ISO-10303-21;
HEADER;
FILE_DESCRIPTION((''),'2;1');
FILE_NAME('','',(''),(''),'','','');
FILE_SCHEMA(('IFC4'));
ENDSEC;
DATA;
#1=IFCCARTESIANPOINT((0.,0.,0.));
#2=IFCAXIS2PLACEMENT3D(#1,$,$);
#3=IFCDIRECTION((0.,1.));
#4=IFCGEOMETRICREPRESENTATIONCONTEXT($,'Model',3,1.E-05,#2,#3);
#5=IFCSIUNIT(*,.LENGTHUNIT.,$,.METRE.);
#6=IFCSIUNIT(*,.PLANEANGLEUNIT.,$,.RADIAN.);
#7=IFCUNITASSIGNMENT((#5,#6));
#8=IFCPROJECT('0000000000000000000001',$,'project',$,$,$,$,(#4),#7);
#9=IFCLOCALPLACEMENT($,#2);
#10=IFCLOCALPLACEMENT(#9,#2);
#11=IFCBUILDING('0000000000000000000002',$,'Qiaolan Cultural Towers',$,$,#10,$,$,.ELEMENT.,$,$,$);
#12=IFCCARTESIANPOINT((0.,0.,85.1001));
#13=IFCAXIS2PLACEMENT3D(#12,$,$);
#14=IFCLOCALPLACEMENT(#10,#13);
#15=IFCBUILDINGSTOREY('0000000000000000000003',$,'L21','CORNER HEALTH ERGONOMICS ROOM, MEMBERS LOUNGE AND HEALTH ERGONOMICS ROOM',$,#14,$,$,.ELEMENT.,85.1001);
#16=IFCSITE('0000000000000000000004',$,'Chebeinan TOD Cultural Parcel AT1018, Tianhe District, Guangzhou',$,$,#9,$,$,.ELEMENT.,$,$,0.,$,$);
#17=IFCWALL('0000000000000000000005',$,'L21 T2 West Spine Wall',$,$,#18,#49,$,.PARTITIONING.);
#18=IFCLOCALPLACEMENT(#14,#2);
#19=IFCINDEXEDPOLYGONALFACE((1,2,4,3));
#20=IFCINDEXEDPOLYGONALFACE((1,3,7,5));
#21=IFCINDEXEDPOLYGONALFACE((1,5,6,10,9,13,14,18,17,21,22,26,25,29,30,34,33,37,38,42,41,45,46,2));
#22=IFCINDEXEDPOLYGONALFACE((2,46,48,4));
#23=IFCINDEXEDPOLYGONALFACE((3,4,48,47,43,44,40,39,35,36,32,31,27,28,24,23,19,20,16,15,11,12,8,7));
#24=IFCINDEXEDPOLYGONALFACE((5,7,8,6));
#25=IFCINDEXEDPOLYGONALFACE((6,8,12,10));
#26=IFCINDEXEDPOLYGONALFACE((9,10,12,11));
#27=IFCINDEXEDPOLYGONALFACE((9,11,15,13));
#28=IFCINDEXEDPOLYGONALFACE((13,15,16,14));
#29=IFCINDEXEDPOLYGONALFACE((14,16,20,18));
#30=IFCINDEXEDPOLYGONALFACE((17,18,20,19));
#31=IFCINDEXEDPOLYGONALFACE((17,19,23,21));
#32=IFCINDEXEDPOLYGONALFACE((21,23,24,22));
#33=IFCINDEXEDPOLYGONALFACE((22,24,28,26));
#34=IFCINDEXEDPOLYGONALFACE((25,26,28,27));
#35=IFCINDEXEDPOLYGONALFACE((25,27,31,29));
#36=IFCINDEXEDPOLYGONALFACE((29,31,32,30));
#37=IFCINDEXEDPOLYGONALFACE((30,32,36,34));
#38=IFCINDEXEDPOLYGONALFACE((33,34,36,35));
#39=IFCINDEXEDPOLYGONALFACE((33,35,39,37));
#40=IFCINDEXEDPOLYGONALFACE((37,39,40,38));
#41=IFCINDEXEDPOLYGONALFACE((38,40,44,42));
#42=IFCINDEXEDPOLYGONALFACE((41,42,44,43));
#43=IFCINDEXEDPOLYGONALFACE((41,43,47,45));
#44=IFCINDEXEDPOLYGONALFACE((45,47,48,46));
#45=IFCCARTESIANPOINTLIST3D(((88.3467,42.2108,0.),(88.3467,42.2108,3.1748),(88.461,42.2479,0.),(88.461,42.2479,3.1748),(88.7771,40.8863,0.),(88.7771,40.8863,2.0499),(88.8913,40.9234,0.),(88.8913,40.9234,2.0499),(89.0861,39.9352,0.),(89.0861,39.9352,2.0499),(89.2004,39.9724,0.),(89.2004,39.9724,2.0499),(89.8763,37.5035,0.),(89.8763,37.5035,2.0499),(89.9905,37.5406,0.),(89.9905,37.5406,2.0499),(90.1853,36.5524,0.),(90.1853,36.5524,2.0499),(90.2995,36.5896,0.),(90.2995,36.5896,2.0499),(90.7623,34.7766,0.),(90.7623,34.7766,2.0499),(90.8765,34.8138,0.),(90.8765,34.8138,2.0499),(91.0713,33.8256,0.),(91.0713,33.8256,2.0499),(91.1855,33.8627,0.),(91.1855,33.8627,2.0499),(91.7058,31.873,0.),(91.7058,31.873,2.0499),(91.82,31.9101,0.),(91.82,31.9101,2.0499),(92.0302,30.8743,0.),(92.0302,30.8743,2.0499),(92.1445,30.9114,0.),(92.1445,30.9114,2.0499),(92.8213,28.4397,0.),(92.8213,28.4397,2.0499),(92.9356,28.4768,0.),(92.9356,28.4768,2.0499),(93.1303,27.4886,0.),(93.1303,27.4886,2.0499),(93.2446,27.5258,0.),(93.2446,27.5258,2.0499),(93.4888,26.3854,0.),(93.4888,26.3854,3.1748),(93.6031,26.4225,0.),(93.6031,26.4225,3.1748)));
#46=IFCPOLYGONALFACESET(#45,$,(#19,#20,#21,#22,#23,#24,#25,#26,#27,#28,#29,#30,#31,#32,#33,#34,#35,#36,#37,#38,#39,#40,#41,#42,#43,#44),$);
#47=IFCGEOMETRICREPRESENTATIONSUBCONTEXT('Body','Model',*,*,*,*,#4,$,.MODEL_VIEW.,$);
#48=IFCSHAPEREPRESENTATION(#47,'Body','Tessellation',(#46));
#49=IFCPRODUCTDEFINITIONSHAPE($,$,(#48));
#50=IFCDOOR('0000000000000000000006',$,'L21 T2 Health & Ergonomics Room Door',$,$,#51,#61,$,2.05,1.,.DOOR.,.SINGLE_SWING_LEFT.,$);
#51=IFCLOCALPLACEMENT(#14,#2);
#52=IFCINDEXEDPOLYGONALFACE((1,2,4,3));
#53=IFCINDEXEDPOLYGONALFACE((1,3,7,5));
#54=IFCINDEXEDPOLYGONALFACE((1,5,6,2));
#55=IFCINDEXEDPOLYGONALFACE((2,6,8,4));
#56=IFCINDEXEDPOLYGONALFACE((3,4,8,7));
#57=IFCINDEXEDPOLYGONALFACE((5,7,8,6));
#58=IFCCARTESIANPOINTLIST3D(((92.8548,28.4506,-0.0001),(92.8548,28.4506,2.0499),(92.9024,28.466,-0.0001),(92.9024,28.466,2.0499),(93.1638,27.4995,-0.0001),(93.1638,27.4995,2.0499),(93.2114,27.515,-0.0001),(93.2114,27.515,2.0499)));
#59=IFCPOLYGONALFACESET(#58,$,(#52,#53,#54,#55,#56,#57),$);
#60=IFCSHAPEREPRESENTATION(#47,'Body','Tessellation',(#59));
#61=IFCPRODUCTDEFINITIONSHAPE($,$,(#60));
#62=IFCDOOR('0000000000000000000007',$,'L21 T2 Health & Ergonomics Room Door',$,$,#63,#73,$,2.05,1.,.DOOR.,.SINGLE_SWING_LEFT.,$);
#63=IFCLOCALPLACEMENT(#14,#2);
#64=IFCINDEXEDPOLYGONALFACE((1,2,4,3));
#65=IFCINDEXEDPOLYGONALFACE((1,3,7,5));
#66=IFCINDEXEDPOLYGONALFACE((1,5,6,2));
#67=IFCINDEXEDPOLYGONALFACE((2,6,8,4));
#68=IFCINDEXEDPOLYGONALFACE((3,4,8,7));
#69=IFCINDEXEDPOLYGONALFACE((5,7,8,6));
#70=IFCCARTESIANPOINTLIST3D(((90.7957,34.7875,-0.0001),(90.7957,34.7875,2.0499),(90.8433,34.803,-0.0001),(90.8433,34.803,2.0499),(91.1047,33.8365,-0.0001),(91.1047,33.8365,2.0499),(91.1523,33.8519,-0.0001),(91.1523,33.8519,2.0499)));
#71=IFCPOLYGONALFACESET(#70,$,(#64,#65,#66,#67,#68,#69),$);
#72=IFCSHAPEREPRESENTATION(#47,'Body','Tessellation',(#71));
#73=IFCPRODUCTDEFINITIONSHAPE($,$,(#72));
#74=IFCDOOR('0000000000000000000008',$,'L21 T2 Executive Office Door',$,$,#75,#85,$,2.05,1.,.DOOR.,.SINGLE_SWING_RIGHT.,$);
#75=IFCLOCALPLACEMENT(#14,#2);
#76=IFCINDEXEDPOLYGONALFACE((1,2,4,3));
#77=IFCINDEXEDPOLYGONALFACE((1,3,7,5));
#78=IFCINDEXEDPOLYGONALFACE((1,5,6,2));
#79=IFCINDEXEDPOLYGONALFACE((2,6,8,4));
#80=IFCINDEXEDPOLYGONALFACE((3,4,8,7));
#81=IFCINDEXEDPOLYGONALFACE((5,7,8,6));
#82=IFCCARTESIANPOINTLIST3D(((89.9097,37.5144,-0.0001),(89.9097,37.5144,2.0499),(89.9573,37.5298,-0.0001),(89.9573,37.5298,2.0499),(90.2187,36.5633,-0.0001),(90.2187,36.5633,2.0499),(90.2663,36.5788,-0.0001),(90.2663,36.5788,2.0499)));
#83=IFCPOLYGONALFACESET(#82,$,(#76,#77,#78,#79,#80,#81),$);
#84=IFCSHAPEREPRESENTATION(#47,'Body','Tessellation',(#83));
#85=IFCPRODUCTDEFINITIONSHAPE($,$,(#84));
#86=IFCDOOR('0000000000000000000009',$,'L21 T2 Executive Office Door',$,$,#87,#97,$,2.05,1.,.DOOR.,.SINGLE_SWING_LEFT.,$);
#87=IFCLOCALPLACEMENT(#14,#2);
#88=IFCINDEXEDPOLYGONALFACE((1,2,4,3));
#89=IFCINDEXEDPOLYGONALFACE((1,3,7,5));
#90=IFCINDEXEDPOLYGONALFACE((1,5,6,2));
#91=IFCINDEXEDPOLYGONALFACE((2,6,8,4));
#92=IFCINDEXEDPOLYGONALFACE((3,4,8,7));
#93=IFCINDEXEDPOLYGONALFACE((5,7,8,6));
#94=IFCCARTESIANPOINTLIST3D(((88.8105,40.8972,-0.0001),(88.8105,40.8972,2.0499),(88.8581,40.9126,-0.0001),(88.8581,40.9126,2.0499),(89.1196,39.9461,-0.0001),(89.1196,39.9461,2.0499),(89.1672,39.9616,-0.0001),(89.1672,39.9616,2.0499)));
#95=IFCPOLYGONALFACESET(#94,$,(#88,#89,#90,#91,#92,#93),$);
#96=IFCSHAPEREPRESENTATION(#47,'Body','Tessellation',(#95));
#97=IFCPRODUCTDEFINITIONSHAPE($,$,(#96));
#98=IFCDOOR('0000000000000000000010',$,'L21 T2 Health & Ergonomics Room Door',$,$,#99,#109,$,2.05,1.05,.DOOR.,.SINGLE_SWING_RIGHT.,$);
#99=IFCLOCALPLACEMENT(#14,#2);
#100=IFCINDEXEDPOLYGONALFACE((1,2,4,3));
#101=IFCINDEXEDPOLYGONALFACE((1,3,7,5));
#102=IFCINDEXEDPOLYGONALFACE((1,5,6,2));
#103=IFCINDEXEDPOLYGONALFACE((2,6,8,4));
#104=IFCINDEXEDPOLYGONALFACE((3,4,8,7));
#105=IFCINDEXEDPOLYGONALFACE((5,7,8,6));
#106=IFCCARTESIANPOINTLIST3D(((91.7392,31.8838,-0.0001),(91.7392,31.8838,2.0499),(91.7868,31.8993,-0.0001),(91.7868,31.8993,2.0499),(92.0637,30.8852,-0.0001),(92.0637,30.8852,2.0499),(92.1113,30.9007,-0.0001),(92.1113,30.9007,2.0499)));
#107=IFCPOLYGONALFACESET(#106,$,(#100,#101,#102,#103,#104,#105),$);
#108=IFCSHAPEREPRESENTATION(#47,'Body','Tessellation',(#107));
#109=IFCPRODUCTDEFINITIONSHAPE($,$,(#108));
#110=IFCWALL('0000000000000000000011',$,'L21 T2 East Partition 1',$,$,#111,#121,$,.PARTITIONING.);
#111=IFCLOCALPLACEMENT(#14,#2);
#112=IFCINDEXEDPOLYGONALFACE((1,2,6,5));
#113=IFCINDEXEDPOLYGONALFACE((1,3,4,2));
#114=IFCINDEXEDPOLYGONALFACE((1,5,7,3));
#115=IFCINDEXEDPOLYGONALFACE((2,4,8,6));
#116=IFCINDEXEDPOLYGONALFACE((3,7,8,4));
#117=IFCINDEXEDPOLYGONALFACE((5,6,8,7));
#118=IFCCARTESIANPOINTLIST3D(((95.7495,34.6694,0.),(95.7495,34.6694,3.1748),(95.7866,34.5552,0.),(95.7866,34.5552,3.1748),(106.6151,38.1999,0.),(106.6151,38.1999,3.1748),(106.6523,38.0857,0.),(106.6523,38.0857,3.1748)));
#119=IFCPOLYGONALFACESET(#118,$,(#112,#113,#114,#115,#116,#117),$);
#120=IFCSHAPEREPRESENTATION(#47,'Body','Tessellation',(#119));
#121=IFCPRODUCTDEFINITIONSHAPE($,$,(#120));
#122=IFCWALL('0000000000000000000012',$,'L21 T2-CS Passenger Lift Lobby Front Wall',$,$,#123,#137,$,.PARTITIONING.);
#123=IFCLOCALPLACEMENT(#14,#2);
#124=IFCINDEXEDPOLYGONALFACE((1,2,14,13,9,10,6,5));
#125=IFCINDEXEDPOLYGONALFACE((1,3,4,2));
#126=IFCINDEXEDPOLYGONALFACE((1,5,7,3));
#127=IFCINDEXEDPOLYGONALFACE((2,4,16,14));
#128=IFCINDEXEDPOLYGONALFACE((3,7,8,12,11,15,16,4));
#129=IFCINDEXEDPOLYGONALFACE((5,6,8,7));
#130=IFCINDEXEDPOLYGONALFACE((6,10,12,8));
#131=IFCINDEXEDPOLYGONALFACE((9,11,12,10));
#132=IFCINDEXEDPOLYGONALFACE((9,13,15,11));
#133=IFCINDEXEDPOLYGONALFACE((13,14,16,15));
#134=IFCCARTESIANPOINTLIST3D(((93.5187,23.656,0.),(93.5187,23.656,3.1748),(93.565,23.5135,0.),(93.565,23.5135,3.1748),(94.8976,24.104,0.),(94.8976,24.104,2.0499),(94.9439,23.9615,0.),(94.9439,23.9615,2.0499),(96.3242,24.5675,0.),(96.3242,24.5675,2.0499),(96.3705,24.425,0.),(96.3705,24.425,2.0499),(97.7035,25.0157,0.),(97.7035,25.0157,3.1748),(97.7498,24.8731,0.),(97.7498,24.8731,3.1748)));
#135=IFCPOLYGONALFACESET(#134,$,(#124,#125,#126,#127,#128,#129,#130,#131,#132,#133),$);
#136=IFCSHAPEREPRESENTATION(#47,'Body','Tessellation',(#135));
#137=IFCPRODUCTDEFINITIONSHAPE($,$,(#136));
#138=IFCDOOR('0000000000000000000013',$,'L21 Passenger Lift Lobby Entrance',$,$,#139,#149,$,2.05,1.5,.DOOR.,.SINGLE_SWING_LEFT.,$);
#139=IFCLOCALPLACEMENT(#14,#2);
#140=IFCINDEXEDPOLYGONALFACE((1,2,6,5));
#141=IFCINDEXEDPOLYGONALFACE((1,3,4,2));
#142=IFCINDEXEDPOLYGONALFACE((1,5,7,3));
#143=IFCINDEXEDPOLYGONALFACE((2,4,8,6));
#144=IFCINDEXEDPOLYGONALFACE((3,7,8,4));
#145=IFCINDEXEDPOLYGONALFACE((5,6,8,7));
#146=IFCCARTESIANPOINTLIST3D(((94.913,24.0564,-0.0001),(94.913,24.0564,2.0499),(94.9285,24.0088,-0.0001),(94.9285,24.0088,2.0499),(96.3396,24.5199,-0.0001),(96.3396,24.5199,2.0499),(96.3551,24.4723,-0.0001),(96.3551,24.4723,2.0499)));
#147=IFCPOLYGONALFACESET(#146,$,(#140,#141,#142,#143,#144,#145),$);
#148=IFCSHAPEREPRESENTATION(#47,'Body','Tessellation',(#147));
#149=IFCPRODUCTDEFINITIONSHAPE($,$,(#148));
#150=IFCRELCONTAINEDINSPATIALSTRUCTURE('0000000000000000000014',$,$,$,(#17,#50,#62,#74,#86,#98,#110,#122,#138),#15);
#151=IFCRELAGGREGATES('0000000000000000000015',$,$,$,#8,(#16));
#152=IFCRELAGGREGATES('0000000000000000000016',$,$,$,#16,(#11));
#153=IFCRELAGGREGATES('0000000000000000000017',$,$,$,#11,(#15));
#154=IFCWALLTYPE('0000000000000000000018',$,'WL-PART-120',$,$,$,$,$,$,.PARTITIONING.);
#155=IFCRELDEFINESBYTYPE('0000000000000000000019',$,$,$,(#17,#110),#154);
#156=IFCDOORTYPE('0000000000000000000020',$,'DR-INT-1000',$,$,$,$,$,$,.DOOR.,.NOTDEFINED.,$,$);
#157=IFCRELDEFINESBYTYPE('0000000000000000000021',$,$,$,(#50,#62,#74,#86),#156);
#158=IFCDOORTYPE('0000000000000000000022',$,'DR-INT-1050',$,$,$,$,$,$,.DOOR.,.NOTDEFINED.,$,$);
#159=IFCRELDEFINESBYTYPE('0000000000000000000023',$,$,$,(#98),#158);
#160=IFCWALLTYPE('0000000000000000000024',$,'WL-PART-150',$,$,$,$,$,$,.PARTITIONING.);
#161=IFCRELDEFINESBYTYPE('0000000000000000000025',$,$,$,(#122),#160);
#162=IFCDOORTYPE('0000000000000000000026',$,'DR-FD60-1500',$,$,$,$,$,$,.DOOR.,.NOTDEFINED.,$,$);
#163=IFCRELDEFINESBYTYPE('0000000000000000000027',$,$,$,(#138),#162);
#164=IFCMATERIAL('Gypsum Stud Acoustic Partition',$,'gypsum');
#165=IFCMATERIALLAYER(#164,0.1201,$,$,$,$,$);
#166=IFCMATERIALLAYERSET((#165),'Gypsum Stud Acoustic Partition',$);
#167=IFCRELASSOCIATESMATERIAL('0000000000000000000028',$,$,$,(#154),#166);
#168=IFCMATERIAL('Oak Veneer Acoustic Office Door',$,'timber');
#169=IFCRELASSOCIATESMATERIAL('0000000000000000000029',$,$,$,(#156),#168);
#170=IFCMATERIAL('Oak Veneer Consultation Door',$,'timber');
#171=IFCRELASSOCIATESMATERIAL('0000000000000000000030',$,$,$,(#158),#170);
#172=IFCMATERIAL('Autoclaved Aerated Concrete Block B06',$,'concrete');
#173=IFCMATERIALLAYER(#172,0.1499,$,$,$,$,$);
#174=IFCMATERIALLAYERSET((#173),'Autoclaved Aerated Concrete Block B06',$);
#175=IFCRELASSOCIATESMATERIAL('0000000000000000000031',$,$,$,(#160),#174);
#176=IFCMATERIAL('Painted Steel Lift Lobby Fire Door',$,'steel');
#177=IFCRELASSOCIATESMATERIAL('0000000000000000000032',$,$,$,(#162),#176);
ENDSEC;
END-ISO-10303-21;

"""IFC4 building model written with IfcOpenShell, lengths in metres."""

from ifc_helpers import new_model, si_unit, direction, frame, frame_2d, origin, place, context, subcontext, project, spatial, rectangle, extrude, material, layer, layer_set, type_object, element, fill, save


model = new_model("IFC4")

# Units and contexts
model_context = context("Model", 3, precision=1e-05, world=origin(), true_north=direction((0.0, 1.0)))
body_context = subcontext(model_context, "Body", "Model", "MODEL_VIEW")
ifc_project = project(units=[si_unit("LENGTHUNIT", "METRE"), si_unit("PLANEANGLEUNIT", "RADIAN")], contexts=[model_context])

# Site, building, storey
site_placement = place(None, origin())
site = spatial("IfcSite", under=ifc_project, at=site_placement, Name="Chebeinan TOD Cultural Parcel AT1018, Tianhe District, Guangzhou", CompositionType="ELEMENT", RefElevation=0.0)
building_placement = place(site_placement, origin())
building = spatial("IfcBuilding", under=site, at=building_placement, Name="Qiaolan Cultural Towers", CompositionType="ELEMENT")
storey_placement = place(building_placement, frame((0.0, 0.0, 85.1001)))
storey = spatial("IfcBuildingStorey", under=building, at=storey_placement, Name="L21", Description="CORNER HEALTH ERGONOMICS ROOM, MEMBERS LOUNGE AND HEALTH ERGONOMICS ROOM", CompositionType="ELEMENT", Elevation=85.1001)

# Wall, openings, doors
ifc_material_1 = material(Name="Gypsum Stud Acoustic Partition", Category="gypsum")
ifc_layer_1 = layer(ifc_material_1, 0.1201)
ifc_layer_set_1 = layer_set([ifc_layer_1], Name="Gypsum Stud Acoustic Partition")
wall_type_1 = type_object("IfcWallType", Name="WL-PART-120", PredefinedType="PARTITIONING", material=ifc_layer_set_1)
wall_1_placement = place(storey_placement, frame((93.5459, 26.4041, 0.0), z_axis=(0.0, 0.0, 1.0), x_axis=(-0.309022, 0.951055, 0.0)))
wall_1 = element("IfcWall", 1, at=wall_1_placement, inside=storey, type_object=wall_type_1, Name="L21 T2 West Spine Wall", PredefinedType="PARTITIONING", context=body_context, shape_type="SweptSolid", body=[
    extrude(rectangle(XDim=16.6399, YDim=0.1201, at=frame_2d((8.3198, 0.0))), origin(), (0.0, 0.0, 1.0), 3.1748),
])
opening_1_placement = place(wall_1_placement, frame((1.1599, 0.0, 0.0)))
opening_1 = element("IfcOpeningElement", 2, at=opening_1_placement, cuts=wall_1, PredefinedType="OPENING", context=body_context, shape_type="SweptSolid", body=[
    extrude(rectangle(XDim=1.0, YDim=2.05, at=frame_2d((0.5, 1.0249))), frame((0.0, 0.0701, 0.0), z_axis=(0.0, -1.0, 0.0), x_axis=(1.0, 0.0, 0.0)), (0.0, 0.0, 1.0), 0.1401),
])
opening_2_placement = place(wall_1_placement, frame((4.72, 0.0, 0.0)))
opening_2 = element("IfcOpeningElement", 3, at=opening_2_placement, cuts=wall_1, PredefinedType="OPENING", context=body_context, shape_type="SweptSolid", body=[
    extrude(rectangle(XDim=1.05, YDim=2.05, at=frame_2d((0.5249, 1.0249))), frame((0.0, 0.0701, 0.0), z_axis=(0.0, -1.0, 0.0), x_axis=(1.0, 0.0, 0.0)), (0.0, 0.0, 1.0), 0.1401),
])
opening_3_placement = place(wall_1_placement, frame((7.823, 0.0, 0.0)))
opening_3 = element("IfcOpeningElement", 4, at=opening_3_placement, cuts=wall_1, PredefinedType="OPENING", context=body_context, shape_type="SweptSolid", body=[
    extrude(rectangle(XDim=1.0, YDim=2.05, at=frame_2d((0.5, 1.0249))), frame((0.0, 0.0701, 0.0), z_axis=(0.0, -1.0, 0.0), x_axis=(1.0, 0.0, 0.0)), (0.0, 0.0, 1.0), 0.1401),
])
opening_4_placement = place(wall_1_placement, frame((10.6902, 0.0, 0.0)))
opening_4 = element("IfcOpeningElement", 5, at=opening_4_placement, cuts=wall_1, PredefinedType="OPENING", context=body_context, shape_type="SweptSolid", body=[
    extrude(rectangle(XDim=1.0, YDim=2.05, at=frame_2d((0.5, 1.0249))), frame((0.0, 0.0701, 0.0), z_axis=(0.0, -1.0, 0.0), x_axis=(1.0, 0.0, 0.0)), (0.0, 0.0, 1.0), 0.1401),
])
opening_5_placement = place(wall_1_placement, frame((14.2471, 0.0, 0.0)))
opening_5 = element("IfcOpeningElement", 6, at=opening_5_placement, cuts=wall_1, PredefinedType="OPENING", context=body_context, shape_type="SweptSolid", body=[
    extrude(rectangle(XDim=1.0, YDim=2.05, at=frame_2d((0.5, 1.0249))), frame((0.0, 0.0701, 0.0), z_axis=(0.0, -1.0, 0.0), x_axis=(1.0, 0.0, 0.0)), (0.0, 0.0, 1.0), 0.1401),
])
ifc_material_2 = material(Name="Oak Veneer Acoustic Office Door", Category="timber")
door_type_1 = type_object("IfcDoorType", Name="DR-INT-1000", OperationType="NOTDEFINED", PredefinedType="DOOR", material=ifc_material_2)
door_1_placement = place(opening_1_placement, origin())
door_1 = element("IfcDoor", 7, at=door_1_placement, inside=storey, type_object=door_type_1, Name="L21 T2 Health & Ergonomics Room Door", OperationType="SINGLE_SWING_LEFT", OverallHeight=2.05, OverallWidth=1.0, PredefinedType="DOOR", context=body_context, shape_type="SweptSolid", body=[
    extrude(rectangle(XDim=1.0, YDim=2.05, at=frame_2d((0.5, 1.0249))), frame((0.0, 0.0249, 0.0), z_axis=(0.0, -1.0, 0.0), x_axis=(1.0, 0.0, 0.0)), (0.0, 0.0, 1.0), 0.05),
])
fill(opening_1, door_1)
door_2_placement = place(opening_3_placement, origin())
door_2 = element("IfcDoor", 8, at=door_2_placement, inside=storey, type_object=door_type_1, Name="L21 T2 Health & Ergonomics Room Door", OperationType="SINGLE_SWING_LEFT", OverallHeight=2.05, OverallWidth=1.0, PredefinedType="DOOR", context=body_context, shape_type="SweptSolid", body=[
    extrude(rectangle(XDim=1.0, YDim=2.05, at=frame_2d((0.5, 1.0249))), frame((0.0, 0.0249, 0.0), z_axis=(0.0, -1.0, 0.0), x_axis=(1.0, 0.0, 0.0)), (0.0, 0.0, 1.0), 0.05),
])
fill(opening_3, door_2)
door_3_placement = place(opening_4_placement, origin())
door_3 = element("IfcDoor", 9, at=door_3_placement, inside=storey, type_object=door_type_1, Name="L21 T2 Executive Office Door", OperationType="SINGLE_SWING_RIGHT", OverallHeight=2.05, OverallWidth=1.0, PredefinedType="DOOR", context=body_context, shape_type="SweptSolid", body=[
    extrude(rectangle(XDim=1.0, YDim=2.05, at=frame_2d((0.5, 1.0249))), frame((0.0, 0.0249, 0.0), z_axis=(0.0, -1.0, 0.0), x_axis=(1.0, 0.0, 0.0)), (0.0, 0.0, 1.0), 0.05),
])
fill(opening_4, door_3)
door_4_placement = place(opening_5_placement, origin())
door_4 = element("IfcDoor", 10, at=door_4_placement, inside=storey, type_object=door_type_1, Name="L21 T2 Executive Office Door", OperationType="SINGLE_SWING_LEFT", OverallHeight=2.05, OverallWidth=1.0, PredefinedType="DOOR", context=body_context, shape_type="SweptSolid", body=[
    extrude(rectangle(XDim=1.0, YDim=2.05, at=frame_2d((0.5, 1.0249))), frame((0.0, 0.0249, 0.0), z_axis=(0.0, -1.0, 0.0), x_axis=(1.0, 0.0, 0.0)), (0.0, 0.0, 1.0), 0.05),
])
fill(opening_5, door_4)
ifc_material_3 = material(Name="Oak Veneer Consultation Door", Category="timber")
door_type_2 = type_object("IfcDoorType", Name="DR-INT-1050", OperationType="NOTDEFINED", PredefinedType="DOOR", material=ifc_material_3)
door_5_placement = place(opening_2_placement, origin())
door_5 = element("IfcDoor", 11, at=door_5_placement, inside=storey, type_object=door_type_2, Name="L21 T2 Health & Ergonomics Room Door", OperationType="SINGLE_SWING_RIGHT", OverallHeight=2.05, OverallWidth=1.05, PredefinedType="DOOR", context=body_context, shape_type="SweptSolid", body=[
    extrude(rectangle(XDim=1.05, YDim=2.05, at=frame_2d((0.5249, 1.0249))), frame((0.0, 0.0249, 0.0), z_axis=(0.0, -1.0, 0.0), x_axis=(1.0, 0.0, 0.0)), (0.0, 0.0, 1.0), 0.05),
])
fill(opening_2, door_5)

# Wall
wall_2_placement = place(storey_placement, frame((95.7681, 34.6123, 0.0), z_axis=(0.0, 0.0, 1.0), x_axis=(0.951056, 0.309019, 0.0)))
element("IfcWall", 12, at=wall_2_placement, inside=storey, type_object=wall_type_1, Name="L21 T2 East Partition 1", PredefinedType="PARTITIONING", context=body_context, shape_type="SweptSolid", body=[
    extrude(rectangle(XDim=11.4248, YDim=0.1201, at=frame_2d((5.7124, 0.0))), origin(), (0.0, 0.0, 1.0), 3.1748),
])

# Wall, opening, door
ifc_material_4 = material(Name="Autoclaved Aerated Concrete Block B06", Category="concrete")
ifc_layer_2 = layer(ifc_material_4, 0.1499)
ifc_layer_set_2 = layer_set([ifc_layer_2], Name="Autoclaved Aerated Concrete Block B06")
wall_type_2 = type_object("IfcWallType", Name="WL-PART-150", PredefinedType="PARTITIONING", material=ifc_layer_set_2)
wall_3_placement = place(storey_placement, frame((93.5417, 23.5847, 0.0), z_axis=(0.0, 0.0, 1.0), x_axis=(0.951064, 0.308994, 0.0)))
wall_3 = element("IfcWall", 13, at=wall_3_placement, inside=storey, type_object=wall_type_2, Name="L21 T2-CS Passenger Lift Lobby Front Wall", PredefinedType="PARTITIONING", context=body_context, shape_type="SweptSolid", body=[
    extrude(rectangle(XDim=4.4001, YDim=0.1499, at=frame_2d((2.2002, 0.0))), origin(), (0.0, 0.0, 1.0), 3.1748),
])
opening_6_placement = place(wall_3_placement, frame((1.45, 0.0, 0.0)))
opening_6 = element("IfcOpeningElement", 14, at=opening_6_placement, cuts=wall_3, PredefinedType="OPENING", context=body_context, shape_type="SweptSolid", body=[
    extrude(rectangle(XDim=1.5, YDim=2.05, at=frame_2d((0.75, 1.0249))), frame((0.0, 0.085, 0.0), z_axis=(0.0, -1.0, 0.0), x_axis=(1.0, 0.0, 0.0)), (0.0, 0.0, 1.0), 0.1699),
])
ifc_material_5 = material(Name="Painted Steel Lift Lobby Fire Door", Category="steel")
door_type_3 = type_object("IfcDoorType", Name="DR-FD60-1500", OperationType="NOTDEFINED", PredefinedType="DOOR", material=ifc_material_5)
door_6_placement = place(opening_6_placement, origin())
door_6 = element("IfcDoor", 15, at=door_6_placement, inside=storey, type_object=door_type_3, Name="L21 Passenger Lift Lobby Entrance", OperationType="SINGLE_SWING_LEFT", OverallHeight=2.05, OverallWidth=1.5, PredefinedType="DOOR", context=body_context, shape_type="SweptSolid", body=[
    extrude(rectangle(XDim=1.5, YDim=2.05, at=frame_2d((0.75, 1.0249))), frame((0.0, 0.0249, 0.0), z_axis=(0.0, -1.0, 0.0), x_axis=(1.0, 0.0, 0.0)), (0.0, 0.0, 1.0), 0.05),
])
fill(opening_6, door_6)

save(model, "model.ifc")
